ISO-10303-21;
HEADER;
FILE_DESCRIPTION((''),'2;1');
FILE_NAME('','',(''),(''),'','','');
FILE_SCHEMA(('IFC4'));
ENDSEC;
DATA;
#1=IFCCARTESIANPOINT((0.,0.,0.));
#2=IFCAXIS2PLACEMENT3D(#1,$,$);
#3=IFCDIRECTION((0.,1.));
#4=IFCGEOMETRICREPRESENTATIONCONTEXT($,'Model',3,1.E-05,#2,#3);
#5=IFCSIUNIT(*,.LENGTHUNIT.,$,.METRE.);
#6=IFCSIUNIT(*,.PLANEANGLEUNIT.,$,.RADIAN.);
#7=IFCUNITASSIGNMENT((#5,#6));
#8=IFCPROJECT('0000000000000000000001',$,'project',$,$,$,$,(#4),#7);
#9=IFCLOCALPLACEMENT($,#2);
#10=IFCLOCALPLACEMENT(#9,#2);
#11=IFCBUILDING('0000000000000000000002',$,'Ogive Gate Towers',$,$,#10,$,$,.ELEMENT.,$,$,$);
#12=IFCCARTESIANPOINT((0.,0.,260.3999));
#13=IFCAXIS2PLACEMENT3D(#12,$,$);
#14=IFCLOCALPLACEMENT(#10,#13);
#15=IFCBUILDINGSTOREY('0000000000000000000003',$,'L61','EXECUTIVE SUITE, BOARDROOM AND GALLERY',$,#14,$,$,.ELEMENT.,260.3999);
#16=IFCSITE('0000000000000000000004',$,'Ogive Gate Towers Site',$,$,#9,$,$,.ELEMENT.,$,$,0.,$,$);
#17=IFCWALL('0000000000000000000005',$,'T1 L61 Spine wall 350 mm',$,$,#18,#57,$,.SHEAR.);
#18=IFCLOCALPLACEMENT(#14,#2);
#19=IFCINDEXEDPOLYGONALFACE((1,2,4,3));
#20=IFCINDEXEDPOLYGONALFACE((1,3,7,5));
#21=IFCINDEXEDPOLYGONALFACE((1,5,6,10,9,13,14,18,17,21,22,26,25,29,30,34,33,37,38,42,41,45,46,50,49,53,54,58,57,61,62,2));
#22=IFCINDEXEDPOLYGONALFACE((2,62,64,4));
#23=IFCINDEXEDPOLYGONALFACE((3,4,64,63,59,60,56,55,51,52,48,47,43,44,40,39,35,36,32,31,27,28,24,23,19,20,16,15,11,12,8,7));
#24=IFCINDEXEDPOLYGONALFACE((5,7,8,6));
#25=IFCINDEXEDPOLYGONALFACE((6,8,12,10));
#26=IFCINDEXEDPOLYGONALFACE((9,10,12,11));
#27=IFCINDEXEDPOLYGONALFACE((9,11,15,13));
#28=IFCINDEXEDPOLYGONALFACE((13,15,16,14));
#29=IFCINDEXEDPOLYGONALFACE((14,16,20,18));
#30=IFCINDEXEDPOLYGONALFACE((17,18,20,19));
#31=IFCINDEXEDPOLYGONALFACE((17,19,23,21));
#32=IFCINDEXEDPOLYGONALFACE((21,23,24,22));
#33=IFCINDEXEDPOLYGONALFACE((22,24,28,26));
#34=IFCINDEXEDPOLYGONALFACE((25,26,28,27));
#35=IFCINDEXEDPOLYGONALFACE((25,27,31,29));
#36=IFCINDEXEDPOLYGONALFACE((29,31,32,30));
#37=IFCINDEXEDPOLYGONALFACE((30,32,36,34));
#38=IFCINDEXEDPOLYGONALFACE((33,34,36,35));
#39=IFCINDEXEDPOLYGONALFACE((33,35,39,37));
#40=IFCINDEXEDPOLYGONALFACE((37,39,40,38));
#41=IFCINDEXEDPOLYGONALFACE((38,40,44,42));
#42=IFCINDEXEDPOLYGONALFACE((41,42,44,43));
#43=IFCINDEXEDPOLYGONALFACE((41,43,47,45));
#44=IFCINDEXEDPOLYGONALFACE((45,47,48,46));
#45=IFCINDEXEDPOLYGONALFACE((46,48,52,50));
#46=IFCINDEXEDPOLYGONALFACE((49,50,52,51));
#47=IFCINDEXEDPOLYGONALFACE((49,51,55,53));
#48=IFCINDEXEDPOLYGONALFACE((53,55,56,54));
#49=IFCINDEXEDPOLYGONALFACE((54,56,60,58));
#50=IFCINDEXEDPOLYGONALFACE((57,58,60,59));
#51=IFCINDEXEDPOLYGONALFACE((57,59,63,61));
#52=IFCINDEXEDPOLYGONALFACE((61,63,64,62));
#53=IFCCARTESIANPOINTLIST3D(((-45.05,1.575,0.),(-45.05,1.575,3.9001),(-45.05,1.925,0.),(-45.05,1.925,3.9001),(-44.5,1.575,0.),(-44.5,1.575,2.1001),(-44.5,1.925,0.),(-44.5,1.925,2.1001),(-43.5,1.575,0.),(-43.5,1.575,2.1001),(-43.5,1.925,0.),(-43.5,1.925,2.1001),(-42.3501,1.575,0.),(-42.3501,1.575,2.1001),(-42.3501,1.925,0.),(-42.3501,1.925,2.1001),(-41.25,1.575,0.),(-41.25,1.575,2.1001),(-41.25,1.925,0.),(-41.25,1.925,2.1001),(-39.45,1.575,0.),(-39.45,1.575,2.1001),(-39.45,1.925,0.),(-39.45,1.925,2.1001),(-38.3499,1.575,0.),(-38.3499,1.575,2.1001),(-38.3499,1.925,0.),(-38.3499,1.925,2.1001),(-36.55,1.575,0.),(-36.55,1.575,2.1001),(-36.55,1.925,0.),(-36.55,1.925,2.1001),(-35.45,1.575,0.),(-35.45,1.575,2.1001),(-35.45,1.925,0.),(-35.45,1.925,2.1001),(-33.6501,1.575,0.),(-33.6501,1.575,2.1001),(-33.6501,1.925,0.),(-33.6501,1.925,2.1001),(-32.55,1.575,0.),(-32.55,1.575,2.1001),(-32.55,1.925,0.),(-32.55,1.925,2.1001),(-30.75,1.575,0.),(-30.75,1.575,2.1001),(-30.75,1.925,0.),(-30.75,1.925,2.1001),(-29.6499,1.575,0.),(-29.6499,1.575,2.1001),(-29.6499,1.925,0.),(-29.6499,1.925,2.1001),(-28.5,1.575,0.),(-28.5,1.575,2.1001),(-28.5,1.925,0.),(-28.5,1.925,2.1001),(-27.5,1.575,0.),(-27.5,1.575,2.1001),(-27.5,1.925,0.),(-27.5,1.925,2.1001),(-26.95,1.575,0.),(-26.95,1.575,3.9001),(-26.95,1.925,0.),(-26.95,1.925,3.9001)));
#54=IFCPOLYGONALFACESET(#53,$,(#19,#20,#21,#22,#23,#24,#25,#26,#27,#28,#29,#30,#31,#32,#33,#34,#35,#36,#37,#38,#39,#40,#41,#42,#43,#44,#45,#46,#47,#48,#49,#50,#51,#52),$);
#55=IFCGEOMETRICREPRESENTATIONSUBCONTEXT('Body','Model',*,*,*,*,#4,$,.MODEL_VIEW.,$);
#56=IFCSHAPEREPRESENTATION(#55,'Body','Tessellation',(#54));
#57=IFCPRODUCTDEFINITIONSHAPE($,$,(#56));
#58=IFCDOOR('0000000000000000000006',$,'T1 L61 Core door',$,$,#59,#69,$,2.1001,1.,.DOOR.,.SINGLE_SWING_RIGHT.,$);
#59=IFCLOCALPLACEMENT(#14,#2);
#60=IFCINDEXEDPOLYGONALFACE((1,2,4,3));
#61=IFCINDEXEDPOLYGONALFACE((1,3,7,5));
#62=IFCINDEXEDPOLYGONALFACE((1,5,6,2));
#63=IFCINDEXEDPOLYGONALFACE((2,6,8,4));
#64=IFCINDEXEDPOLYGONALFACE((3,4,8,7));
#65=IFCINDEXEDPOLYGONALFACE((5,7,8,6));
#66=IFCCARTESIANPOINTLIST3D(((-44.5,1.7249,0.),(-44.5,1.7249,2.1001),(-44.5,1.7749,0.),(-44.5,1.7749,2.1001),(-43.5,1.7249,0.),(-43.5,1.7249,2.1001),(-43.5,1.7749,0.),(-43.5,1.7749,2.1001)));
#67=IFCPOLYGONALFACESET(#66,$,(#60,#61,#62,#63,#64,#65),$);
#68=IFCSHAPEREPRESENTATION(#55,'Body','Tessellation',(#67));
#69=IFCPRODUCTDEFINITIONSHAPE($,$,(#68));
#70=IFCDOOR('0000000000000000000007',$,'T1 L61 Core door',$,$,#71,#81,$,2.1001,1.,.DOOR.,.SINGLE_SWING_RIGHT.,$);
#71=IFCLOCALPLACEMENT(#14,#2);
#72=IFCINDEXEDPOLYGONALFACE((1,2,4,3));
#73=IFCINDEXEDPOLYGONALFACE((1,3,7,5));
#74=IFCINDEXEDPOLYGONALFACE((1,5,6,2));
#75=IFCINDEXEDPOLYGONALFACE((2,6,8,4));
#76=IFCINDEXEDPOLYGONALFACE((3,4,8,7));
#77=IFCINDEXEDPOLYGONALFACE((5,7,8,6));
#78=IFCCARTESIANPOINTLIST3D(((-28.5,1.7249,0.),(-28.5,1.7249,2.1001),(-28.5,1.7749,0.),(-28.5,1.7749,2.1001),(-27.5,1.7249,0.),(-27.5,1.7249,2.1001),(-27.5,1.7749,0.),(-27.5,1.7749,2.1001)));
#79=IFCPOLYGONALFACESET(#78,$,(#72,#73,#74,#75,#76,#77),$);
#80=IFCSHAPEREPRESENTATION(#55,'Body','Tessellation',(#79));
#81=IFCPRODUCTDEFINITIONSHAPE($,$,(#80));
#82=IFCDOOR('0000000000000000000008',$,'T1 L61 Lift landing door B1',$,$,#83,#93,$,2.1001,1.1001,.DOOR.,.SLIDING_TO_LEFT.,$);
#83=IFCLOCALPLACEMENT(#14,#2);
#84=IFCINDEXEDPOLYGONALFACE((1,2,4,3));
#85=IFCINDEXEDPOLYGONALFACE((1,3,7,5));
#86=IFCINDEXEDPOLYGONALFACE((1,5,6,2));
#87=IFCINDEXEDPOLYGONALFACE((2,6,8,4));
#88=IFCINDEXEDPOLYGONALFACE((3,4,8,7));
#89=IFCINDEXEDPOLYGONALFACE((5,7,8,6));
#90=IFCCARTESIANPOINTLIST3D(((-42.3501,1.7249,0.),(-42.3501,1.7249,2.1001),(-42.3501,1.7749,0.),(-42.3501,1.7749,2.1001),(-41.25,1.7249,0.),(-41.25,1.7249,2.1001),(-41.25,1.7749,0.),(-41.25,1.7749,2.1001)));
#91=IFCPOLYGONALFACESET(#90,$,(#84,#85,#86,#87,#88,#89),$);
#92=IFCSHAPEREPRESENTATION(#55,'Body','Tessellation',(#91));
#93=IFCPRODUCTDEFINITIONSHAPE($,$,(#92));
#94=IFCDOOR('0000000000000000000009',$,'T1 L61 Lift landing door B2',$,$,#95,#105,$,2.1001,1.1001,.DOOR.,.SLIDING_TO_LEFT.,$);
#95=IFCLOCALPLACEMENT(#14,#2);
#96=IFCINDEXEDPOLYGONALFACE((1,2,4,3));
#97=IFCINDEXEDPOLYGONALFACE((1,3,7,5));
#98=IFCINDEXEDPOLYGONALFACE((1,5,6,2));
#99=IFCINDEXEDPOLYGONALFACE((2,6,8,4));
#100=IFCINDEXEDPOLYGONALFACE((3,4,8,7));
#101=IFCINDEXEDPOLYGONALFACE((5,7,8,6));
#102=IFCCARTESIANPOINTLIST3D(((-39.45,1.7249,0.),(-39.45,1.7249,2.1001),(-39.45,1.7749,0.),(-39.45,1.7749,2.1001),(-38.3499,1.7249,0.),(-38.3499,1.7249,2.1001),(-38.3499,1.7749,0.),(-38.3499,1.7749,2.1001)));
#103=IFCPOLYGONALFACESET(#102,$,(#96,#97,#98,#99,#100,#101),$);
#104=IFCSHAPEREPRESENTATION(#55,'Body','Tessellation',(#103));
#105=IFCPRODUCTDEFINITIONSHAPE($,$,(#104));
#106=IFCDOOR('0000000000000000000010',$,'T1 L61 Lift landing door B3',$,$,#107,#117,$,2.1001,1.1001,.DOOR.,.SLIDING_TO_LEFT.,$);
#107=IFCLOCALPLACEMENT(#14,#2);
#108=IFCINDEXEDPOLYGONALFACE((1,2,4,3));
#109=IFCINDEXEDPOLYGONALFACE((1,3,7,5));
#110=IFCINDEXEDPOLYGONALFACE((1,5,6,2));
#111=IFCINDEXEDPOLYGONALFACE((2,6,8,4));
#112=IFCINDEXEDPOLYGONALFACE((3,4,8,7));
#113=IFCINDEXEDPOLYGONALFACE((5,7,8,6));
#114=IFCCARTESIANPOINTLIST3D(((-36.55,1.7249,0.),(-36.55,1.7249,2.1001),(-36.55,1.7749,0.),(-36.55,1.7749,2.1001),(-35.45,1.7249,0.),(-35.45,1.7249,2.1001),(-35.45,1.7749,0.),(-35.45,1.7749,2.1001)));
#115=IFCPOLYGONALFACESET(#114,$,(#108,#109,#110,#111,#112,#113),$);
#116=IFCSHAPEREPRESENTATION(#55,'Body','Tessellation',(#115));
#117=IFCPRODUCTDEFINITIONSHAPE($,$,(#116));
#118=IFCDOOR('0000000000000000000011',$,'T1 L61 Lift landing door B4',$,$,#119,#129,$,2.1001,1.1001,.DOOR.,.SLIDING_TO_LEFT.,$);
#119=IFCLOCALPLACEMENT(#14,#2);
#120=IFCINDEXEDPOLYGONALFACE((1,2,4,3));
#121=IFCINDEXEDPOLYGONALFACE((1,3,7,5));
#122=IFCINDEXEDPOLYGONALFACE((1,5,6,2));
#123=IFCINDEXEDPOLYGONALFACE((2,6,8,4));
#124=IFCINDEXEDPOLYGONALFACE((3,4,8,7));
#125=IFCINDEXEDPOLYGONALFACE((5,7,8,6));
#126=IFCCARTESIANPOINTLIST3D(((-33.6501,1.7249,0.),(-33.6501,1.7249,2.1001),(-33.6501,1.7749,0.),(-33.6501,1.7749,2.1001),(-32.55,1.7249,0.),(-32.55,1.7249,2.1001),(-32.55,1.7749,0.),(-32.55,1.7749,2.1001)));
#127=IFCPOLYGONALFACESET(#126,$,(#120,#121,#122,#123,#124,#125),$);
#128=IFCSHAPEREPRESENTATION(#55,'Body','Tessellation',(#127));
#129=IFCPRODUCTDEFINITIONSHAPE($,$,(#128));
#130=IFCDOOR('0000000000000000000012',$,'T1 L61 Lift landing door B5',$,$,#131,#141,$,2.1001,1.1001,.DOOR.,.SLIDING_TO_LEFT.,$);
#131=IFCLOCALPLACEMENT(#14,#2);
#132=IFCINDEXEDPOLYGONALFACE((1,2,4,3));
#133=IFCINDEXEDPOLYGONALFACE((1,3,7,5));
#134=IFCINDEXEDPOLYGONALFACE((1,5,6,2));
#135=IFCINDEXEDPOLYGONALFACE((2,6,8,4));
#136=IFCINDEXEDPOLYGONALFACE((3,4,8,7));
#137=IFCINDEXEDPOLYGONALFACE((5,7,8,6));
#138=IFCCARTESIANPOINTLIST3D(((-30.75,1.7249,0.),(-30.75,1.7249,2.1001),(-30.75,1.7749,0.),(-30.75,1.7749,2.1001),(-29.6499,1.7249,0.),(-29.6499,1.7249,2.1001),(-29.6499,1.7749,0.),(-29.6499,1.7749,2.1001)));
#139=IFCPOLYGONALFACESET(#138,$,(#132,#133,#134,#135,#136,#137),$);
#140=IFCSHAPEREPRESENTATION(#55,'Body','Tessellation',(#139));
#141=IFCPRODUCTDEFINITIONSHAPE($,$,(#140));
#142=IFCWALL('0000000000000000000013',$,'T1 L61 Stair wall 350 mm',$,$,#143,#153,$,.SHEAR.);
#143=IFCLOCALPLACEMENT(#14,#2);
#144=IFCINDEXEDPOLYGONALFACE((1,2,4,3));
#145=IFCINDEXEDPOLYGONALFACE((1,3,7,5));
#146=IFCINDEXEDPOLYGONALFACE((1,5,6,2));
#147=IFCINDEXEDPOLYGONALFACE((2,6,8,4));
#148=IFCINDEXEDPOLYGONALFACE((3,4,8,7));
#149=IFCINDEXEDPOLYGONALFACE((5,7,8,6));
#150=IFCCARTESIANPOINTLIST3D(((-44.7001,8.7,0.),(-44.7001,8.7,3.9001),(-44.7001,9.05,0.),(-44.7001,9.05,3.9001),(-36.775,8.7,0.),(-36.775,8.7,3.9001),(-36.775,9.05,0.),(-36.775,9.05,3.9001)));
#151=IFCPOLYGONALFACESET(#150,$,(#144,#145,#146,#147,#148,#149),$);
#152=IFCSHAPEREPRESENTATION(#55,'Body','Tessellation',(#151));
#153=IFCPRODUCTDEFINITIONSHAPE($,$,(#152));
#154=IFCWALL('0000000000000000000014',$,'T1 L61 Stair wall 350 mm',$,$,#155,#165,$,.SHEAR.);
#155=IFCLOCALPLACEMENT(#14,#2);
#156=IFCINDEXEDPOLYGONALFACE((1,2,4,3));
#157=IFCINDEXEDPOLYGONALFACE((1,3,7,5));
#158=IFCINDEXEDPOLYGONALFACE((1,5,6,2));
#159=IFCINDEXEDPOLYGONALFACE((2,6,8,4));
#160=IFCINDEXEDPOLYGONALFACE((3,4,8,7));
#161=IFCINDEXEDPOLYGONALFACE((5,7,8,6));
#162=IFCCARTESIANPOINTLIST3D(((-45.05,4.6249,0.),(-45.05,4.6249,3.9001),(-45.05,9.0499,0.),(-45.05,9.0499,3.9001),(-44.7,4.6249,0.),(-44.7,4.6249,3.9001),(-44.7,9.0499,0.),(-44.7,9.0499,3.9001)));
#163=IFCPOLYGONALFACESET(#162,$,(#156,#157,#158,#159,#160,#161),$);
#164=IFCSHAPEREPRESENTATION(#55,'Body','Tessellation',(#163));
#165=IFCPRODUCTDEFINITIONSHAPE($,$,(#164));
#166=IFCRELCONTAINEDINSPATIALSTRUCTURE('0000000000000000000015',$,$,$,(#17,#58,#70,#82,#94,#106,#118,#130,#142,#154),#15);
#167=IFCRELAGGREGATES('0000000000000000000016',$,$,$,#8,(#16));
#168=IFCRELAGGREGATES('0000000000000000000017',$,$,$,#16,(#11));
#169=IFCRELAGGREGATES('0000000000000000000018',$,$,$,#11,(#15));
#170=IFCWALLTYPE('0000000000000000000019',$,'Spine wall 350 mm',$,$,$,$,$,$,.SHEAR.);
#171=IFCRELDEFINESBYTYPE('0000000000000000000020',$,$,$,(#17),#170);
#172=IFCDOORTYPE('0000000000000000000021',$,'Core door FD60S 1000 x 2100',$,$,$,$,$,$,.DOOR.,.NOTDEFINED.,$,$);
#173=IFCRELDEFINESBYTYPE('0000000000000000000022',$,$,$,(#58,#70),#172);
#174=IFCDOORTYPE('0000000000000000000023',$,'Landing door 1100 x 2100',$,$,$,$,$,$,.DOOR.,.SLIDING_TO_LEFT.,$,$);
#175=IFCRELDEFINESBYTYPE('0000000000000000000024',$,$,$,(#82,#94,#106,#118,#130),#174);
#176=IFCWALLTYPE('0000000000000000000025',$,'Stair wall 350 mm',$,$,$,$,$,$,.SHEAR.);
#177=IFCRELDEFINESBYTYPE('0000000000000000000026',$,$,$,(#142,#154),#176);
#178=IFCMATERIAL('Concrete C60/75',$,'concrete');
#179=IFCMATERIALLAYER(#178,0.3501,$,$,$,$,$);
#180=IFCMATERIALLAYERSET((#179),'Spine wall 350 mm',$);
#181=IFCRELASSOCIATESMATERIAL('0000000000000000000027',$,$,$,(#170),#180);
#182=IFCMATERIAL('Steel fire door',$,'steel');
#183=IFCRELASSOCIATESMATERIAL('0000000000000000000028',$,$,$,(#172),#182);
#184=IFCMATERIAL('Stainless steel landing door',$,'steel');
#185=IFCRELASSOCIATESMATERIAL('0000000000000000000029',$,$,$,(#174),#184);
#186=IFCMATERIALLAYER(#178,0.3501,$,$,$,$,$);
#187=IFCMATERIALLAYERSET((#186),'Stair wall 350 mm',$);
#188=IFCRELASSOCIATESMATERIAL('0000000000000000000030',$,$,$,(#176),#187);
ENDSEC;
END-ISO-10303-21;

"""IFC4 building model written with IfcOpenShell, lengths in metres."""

from ifc_helpers import new_model, si_unit, direction, frame, frame_2d, origin, place, context, subcontext, project, spatial, rectangle, extrude, material, layer, layer_set, type_object, element, fill, save


model = new_model("IFC4")

# Units and contexts
model_context = context("Model", 3, precision=1e-05, world=origin(), true_north=direction((0.0, 1.0)))
body_context = subcontext(model_context, "Body", "Model", "MODEL_VIEW")
ifc_project = project(units=[si_unit("LENGTHUNIT", "METRE"), si_unit("PLANEANGLEUNIT", "RADIAN")], contexts=[model_context])

# Site, building, storey
site_placement = place(None, origin())
site = spatial("IfcSite", under=ifc_project, at=site_placement, Name="Ogive Gate Towers Site", CompositionType="ELEMENT", RefElevation=0.0)
building_placement = place(site_placement, origin())
building = spatial("IfcBuilding", under=site, at=building_placement, Name="Ogive Gate Towers", CompositionType="ELEMENT")
storey_placement = place(building_placement, frame((0.0, 0.0, 260.3999)))
storey = spatial("IfcBuildingStorey", under=building, at=storey_placement, Name="L61", Description="EXECUTIVE SUITE, BOARDROOM AND GALLERY", CompositionType="ELEMENT", Elevation=260.3999)

# Shared definitions
ifc_material_1 = material(Name="Concrete C60/75", Category="concrete")
ifc_material_2 = material(Name="Steel fire door", Category="steel")

# Wall, openings, doors
ifc_layer_1 = layer(ifc_material_1, 0.3501)
ifc_layer_set_1 = layer_set([ifc_layer_1], Name="Spine wall 350 mm")
wall_type_1 = type_object("IfcWallType", Name="Spine wall 350 mm", PredefinedType="SHEAR", material=ifc_layer_set_1)
wall_1_placement = place(storey_placement, frame((-45.05, 1.75, 0.0), z_axis=(0.0, 0.0, 1.0), x_axis=(1.0, 0.0, 0.0)))
wall_1 = element("IfcWall", 1, at=wall_1_placement, inside=storey, type_object=wall_type_1, Name="T1 L61 Spine wall 350 mm", PredefinedType="SHEAR", context=body_context, shape_type="SweptSolid", body=[
    extrude(rectangle(XDim=18.1001, YDim=0.3501, at=frame_2d((9.05, 0.0))), origin(), (0.0, 0.0, 1.0), 3.9001),
])
opening_1_placement = place(wall_1_placement, frame((0.55, 0.0, 0.0)))
opening_1 = element("IfcOpeningElement", 2, at=opening_1_placement, cuts=wall_1, PredefinedType="OPENING", context=body_context, shape_type="SweptSolid", body=[
    extrude(rectangle(XDim=1.0, YDim=2.1001, at=frame_2d((0.5, 1.05))), frame((0.0, 0.1851, 0.0), z_axis=(0.0, -1.0, 0.0), x_axis=(1.0, 0.0, 0.0)), (0.0, 0.0, 1.0), 0.3701),
])
opening_2_placement = place(wall_1_placement, frame((2.7, 0.0, 0.0)))
opening_2 = element("IfcOpeningElement", 3, at=opening_2_placement, cuts=wall_1, PredefinedType="OPENING", context=body_context, shape_type="SweptSolid", body=[
    extrude(rectangle(XDim=1.1001, YDim=2.1001, at=frame_2d((0.55, 1.05))), frame((0.0, 0.1851, 0.0), z_axis=(0.0, -1.0, 0.0), x_axis=(1.0, 0.0, 0.0)), (0.0, 0.0, 1.0), 0.3701),
])
opening_3_placement = place(wall_1_placement, frame((5.6001, 0.0, 0.0)))
opening_3 = element("IfcOpeningElement", 4, at=opening_3_placement, cuts=wall_1, PredefinedType="OPENING", context=body_context, shape_type="SweptSolid", body=[
    extrude(rectangle(XDim=1.1001, YDim=2.1001, at=frame_2d((0.55, 1.05))), frame((0.0, 0.1851, 0.0), z_axis=(0.0, -1.0, 0.0), x_axis=(1.0, 0.0, 0.0)), (0.0, 0.0, 1.0), 0.3701),
])
opening_4_placement = place(wall_1_placement, frame((8.5, 0.0, 0.0)))
opening_4 = element("IfcOpeningElement", 5, at=opening_4_placement, cuts=wall_1, PredefinedType="OPENING", context=body_context, shape_type="SweptSolid", body=[
    extrude(rectangle(XDim=1.1001, YDim=2.1001, at=frame_2d((0.55, 1.05))), frame((0.0, 0.1851, 0.0), z_axis=(0.0, -1.0, 0.0), x_axis=(1.0, 0.0, 0.0)), (0.0, 0.0, 1.0), 0.3701),
])
opening_5_placement = place(wall_1_placement, frame((11.3999, 0.0, 0.0)))
opening_5 = element("IfcOpeningElement", 6, at=opening_5_placement, cuts=wall_1, PredefinedType="OPENING", context=body_context, shape_type="SweptSolid", body=[
    extrude(rectangle(XDim=1.1001, YDim=2.1001, at=frame_2d((0.55, 1.05))), frame((0.0, 0.1851, 0.0), z_axis=(0.0, -1.0, 0.0), x_axis=(1.0, 0.0, 0.0)), (0.0, 0.0, 1.0), 0.3701),
])
opening_6_placement = place(wall_1_placement, frame((14.3, 0.0, 0.0)))
opening_6 = element("IfcOpeningElement", 7, at=opening_6_placement, cuts=wall_1, PredefinedType="OPENING", context=body_context, shape_type="SweptSolid", body=[
    extrude(rectangle(XDim=1.1001, YDim=2.1001, at=frame_2d((0.55, 1.05))), frame((0.0, 0.1851, 0.0), z_axis=(0.0, -1.0, 0.0), x_axis=(1.0, 0.0, 0.0)), (0.0, 0.0, 1.0), 0.3701),
])
opening_7_placement = place(wall_1_placement, frame((16.55, 0.0, 0.0)))
opening_7 = element("IfcOpeningElement", 8, at=opening_7_placement, cuts=wall_1, PredefinedType="OPENING", context=body_context, shape_type="SweptSolid", body=[
    extrude(rectangle(XDim=1.0, YDim=2.1001, at=frame_2d((0.5, 1.05))), frame((0.0, 0.1851, 0.0), z_axis=(0.0, -1.0, 0.0), x_axis=(1.0, 0.0, 0.0)), (0.0, 0.0, 1.0), 0.3701),
])
door_type_1 = type_object("IfcDoorType", Name="Core door FD60S 1000 x 2100", OperationType="NOTDEFINED", PredefinedType="DOOR", material=ifc_material_2)
door_1_placement = place(opening_1_placement, origin())
door_1 = element("IfcDoor", 9, at=door_1_placement, inside=storey, type_object=door_type_1, Name="T1 L61 Core door", OperationType="SINGLE_SWING_RIGHT", OverallHeight=2.1001, OverallWidth=1.0, PredefinedType="DOOR", context=body_context, shape_type="SweptSolid", body=[
    extrude(rectangle(XDim=1.0, YDim=2.1001, at=frame_2d((0.5, 1.05))), frame((0.0, 0.0249, 0.0), z_axis=(0.0, -1.0, 0.0), x_axis=(1.0, 0.0, 0.0)), (0.0, 0.0, 1.0), 0.05),
])
fill(opening_1, door_1)
door_2_placement = place(opening_7_placement, origin())
door_2 = element("IfcDoor", 10, at=door_2_placement, inside=storey, type_object=door_type_1, Name="T1 L61 Core door", OperationType="SINGLE_SWING_RIGHT", OverallHeight=2.1001, OverallWidth=1.0, PredefinedType="DOOR", context=body_context, shape_type="SweptSolid", body=[
    extrude(rectangle(XDim=1.0, YDim=2.1001, at=frame_2d((0.5, 1.05))), frame((0.0, 0.0249, 0.0), z_axis=(0.0, -1.0, 0.0), x_axis=(1.0, 0.0, 0.0)), (0.0, 0.0, 1.0), 0.05),
])
fill(opening_7, door_2)
ifc_material_3 = material(Name="Stainless steel landing door", Category="steel")
door_type_2 = type_object("IfcDoorType", Name="Landing door 1100 x 2100", OperationType="SLIDING_TO_LEFT", PredefinedType="DOOR", material=ifc_material_3)
door_3_placement = place(opening_2_placement, origin())
door_3 = element("IfcDoor", 11, at=door_3_placement, inside=storey, type_object=door_type_2, Name="T1 L61 Lift landing door B1", OperationType="SLIDING_TO_LEFT", OverallHeight=2.1001, OverallWidth=1.1001, PredefinedType="DOOR", context=body_context, shape_type="SweptSolid", body=[
    extrude(rectangle(XDim=1.1001, YDim=2.1001, at=frame_2d((0.55, 1.05))), frame((0.0, 0.0249, 0.0), z_axis=(0.0, -1.0, 0.0), x_axis=(1.0, 0.0, 0.0)), (0.0, 0.0, 1.0), 0.05),
])
fill(opening_2, door_3)
door_4_placement = place(opening_3_placement, origin())
door_4 = element("IfcDoor", 12, at=door_4_placement, inside=storey, type_object=door_type_2, Name="T1 L61 Lift landing door B2", OperationType="SLIDING_TO_LEFT", OverallHeight=2.1001, OverallWidth=1.1001, PredefinedType="DOOR", context=body_context, shape_type="SweptSolid", body=[
    extrude(rectangle(XDim=1.1001, YDim=2.1001, at=frame_2d((0.55, 1.05))), frame((0.0, 0.0249, 0.0), z_axis=(0.0, -1.0, 0.0), x_axis=(1.0, 0.0, 0.0)), (0.0, 0.0, 1.0), 0.05),
])
fill(opening_3, door_4)
door_5_placement = place(opening_4_placement, origin())
door_5 = element("IfcDoor", 13, at=door_5_placement, inside=storey, type_object=door_type_2, Name="T1 L61 Lift landing door B3", OperationType="SLIDING_TO_LEFT", OverallHeight=2.1001, OverallWidth=1.1001, PredefinedType="DOOR", context=body_context, shape_type="SweptSolid", body=[
    extrude(rectangle(XDim=1.1001, YDim=2.1001, at=frame_2d((0.55, 1.05))), frame((0.0, 0.0249, 0.0), z_axis=(0.0, -1.0, 0.0), x_axis=(1.0, 0.0, 0.0)), (0.0, 0.0, 1.0), 0.05),
])
fill(opening_4, door_5)
door_6_placement = place(opening_5_placement, origin())
door_6 = element("IfcDoor", 14, at=door_6_placement, inside=storey, type_object=door_type_2, Name="T1 L61 Lift landing door B4", OperationType="SLIDING_TO_LEFT", OverallHeight=2.1001, OverallWidth=1.1001, PredefinedType="DOOR", context=body_context, shape_type="SweptSolid", body=[
    extrude(rectangle(XDim=1.1001, YDim=2.1001, at=frame_2d((0.55, 1.05))), frame((0.0, 0.0249, 0.0), z_axis=(0.0, -1.0, 0.0), x_axis=(1.0, 0.0, 0.0)), (0.0, 0.0, 1.0), 0.05),
])
fill(opening_5, door_6)
door_7_placement = place(opening_6_placement, origin())
door_7 = element("IfcDoor", 15, at=door_7_placement, inside=storey, type_object=door_type_2, Name="T1 L61 Lift landing door B5", OperationType="SLIDING_TO_LEFT", OverallHeight=2.1001, OverallWidth=1.1001, PredefinedType="DOOR", context=body_context, shape_type="SweptSolid", body=[
    extrude(rectangle(XDim=1.1001, YDim=2.1001, at=frame_2d((0.55, 1.05))), frame((0.0, 0.0249, 0.0), z_axis=(0.0, -1.0, 0.0), x_axis=(1.0, 0.0, 0.0)), (0.0, 0.0, 1.0), 0.05),
])
fill(opening_6, door_7)

# Walls
ifc_layer_2 = layer(ifc_material_1, 0.3501)
ifc_layer_set_2 = layer_set([ifc_layer_2], Name="Stair wall 350 mm")
wall_type_2 = type_object("IfcWallType", Name="Stair wall 350 mm", PredefinedType="SHEAR", material=ifc_layer_set_2)
wall_2_placement = place(storey_placement, frame((-44.7, 8.875, 0.0), z_axis=(0.0, 0.0, 1.0), x_axis=(1.0, 0.0, 0.0)))
element("IfcWall", 16, at=wall_2_placement, inside=storey, type_object=wall_type_2, Name="T1 L61 Stair wall 350 mm", PredefinedType="SHEAR", context=body_context, shape_type="SweptSolid", body=[
    extrude(rectangle(XDim=7.925, YDim=0.3501, at=frame_2d((3.9624, 0.0))), origin(), (0.0, 0.0, 1.0), 3.9001),
])
wall_3_placement = place(storey_placement, frame((-44.875, 4.625, 0.0), z_axis=(0.0, 0.0, 1.0), x_axis=(0.0, 1.0, 0.0)))
element("IfcWall", 17, at=wall_3_placement, inside=storey, type_object=wall_type_2, Name="T1 L61 Stair wall 350 mm", PredefinedType="SHEAR", context=body_context, shape_type="SweptSolid", body=[
    extrude(rectangle(XDim=4.425, YDim=0.3501, at=frame_2d((2.2124, 0.0))), origin(), (0.0, 0.0, 1.0), 3.9001),
])

save(model, "model.ifc")
